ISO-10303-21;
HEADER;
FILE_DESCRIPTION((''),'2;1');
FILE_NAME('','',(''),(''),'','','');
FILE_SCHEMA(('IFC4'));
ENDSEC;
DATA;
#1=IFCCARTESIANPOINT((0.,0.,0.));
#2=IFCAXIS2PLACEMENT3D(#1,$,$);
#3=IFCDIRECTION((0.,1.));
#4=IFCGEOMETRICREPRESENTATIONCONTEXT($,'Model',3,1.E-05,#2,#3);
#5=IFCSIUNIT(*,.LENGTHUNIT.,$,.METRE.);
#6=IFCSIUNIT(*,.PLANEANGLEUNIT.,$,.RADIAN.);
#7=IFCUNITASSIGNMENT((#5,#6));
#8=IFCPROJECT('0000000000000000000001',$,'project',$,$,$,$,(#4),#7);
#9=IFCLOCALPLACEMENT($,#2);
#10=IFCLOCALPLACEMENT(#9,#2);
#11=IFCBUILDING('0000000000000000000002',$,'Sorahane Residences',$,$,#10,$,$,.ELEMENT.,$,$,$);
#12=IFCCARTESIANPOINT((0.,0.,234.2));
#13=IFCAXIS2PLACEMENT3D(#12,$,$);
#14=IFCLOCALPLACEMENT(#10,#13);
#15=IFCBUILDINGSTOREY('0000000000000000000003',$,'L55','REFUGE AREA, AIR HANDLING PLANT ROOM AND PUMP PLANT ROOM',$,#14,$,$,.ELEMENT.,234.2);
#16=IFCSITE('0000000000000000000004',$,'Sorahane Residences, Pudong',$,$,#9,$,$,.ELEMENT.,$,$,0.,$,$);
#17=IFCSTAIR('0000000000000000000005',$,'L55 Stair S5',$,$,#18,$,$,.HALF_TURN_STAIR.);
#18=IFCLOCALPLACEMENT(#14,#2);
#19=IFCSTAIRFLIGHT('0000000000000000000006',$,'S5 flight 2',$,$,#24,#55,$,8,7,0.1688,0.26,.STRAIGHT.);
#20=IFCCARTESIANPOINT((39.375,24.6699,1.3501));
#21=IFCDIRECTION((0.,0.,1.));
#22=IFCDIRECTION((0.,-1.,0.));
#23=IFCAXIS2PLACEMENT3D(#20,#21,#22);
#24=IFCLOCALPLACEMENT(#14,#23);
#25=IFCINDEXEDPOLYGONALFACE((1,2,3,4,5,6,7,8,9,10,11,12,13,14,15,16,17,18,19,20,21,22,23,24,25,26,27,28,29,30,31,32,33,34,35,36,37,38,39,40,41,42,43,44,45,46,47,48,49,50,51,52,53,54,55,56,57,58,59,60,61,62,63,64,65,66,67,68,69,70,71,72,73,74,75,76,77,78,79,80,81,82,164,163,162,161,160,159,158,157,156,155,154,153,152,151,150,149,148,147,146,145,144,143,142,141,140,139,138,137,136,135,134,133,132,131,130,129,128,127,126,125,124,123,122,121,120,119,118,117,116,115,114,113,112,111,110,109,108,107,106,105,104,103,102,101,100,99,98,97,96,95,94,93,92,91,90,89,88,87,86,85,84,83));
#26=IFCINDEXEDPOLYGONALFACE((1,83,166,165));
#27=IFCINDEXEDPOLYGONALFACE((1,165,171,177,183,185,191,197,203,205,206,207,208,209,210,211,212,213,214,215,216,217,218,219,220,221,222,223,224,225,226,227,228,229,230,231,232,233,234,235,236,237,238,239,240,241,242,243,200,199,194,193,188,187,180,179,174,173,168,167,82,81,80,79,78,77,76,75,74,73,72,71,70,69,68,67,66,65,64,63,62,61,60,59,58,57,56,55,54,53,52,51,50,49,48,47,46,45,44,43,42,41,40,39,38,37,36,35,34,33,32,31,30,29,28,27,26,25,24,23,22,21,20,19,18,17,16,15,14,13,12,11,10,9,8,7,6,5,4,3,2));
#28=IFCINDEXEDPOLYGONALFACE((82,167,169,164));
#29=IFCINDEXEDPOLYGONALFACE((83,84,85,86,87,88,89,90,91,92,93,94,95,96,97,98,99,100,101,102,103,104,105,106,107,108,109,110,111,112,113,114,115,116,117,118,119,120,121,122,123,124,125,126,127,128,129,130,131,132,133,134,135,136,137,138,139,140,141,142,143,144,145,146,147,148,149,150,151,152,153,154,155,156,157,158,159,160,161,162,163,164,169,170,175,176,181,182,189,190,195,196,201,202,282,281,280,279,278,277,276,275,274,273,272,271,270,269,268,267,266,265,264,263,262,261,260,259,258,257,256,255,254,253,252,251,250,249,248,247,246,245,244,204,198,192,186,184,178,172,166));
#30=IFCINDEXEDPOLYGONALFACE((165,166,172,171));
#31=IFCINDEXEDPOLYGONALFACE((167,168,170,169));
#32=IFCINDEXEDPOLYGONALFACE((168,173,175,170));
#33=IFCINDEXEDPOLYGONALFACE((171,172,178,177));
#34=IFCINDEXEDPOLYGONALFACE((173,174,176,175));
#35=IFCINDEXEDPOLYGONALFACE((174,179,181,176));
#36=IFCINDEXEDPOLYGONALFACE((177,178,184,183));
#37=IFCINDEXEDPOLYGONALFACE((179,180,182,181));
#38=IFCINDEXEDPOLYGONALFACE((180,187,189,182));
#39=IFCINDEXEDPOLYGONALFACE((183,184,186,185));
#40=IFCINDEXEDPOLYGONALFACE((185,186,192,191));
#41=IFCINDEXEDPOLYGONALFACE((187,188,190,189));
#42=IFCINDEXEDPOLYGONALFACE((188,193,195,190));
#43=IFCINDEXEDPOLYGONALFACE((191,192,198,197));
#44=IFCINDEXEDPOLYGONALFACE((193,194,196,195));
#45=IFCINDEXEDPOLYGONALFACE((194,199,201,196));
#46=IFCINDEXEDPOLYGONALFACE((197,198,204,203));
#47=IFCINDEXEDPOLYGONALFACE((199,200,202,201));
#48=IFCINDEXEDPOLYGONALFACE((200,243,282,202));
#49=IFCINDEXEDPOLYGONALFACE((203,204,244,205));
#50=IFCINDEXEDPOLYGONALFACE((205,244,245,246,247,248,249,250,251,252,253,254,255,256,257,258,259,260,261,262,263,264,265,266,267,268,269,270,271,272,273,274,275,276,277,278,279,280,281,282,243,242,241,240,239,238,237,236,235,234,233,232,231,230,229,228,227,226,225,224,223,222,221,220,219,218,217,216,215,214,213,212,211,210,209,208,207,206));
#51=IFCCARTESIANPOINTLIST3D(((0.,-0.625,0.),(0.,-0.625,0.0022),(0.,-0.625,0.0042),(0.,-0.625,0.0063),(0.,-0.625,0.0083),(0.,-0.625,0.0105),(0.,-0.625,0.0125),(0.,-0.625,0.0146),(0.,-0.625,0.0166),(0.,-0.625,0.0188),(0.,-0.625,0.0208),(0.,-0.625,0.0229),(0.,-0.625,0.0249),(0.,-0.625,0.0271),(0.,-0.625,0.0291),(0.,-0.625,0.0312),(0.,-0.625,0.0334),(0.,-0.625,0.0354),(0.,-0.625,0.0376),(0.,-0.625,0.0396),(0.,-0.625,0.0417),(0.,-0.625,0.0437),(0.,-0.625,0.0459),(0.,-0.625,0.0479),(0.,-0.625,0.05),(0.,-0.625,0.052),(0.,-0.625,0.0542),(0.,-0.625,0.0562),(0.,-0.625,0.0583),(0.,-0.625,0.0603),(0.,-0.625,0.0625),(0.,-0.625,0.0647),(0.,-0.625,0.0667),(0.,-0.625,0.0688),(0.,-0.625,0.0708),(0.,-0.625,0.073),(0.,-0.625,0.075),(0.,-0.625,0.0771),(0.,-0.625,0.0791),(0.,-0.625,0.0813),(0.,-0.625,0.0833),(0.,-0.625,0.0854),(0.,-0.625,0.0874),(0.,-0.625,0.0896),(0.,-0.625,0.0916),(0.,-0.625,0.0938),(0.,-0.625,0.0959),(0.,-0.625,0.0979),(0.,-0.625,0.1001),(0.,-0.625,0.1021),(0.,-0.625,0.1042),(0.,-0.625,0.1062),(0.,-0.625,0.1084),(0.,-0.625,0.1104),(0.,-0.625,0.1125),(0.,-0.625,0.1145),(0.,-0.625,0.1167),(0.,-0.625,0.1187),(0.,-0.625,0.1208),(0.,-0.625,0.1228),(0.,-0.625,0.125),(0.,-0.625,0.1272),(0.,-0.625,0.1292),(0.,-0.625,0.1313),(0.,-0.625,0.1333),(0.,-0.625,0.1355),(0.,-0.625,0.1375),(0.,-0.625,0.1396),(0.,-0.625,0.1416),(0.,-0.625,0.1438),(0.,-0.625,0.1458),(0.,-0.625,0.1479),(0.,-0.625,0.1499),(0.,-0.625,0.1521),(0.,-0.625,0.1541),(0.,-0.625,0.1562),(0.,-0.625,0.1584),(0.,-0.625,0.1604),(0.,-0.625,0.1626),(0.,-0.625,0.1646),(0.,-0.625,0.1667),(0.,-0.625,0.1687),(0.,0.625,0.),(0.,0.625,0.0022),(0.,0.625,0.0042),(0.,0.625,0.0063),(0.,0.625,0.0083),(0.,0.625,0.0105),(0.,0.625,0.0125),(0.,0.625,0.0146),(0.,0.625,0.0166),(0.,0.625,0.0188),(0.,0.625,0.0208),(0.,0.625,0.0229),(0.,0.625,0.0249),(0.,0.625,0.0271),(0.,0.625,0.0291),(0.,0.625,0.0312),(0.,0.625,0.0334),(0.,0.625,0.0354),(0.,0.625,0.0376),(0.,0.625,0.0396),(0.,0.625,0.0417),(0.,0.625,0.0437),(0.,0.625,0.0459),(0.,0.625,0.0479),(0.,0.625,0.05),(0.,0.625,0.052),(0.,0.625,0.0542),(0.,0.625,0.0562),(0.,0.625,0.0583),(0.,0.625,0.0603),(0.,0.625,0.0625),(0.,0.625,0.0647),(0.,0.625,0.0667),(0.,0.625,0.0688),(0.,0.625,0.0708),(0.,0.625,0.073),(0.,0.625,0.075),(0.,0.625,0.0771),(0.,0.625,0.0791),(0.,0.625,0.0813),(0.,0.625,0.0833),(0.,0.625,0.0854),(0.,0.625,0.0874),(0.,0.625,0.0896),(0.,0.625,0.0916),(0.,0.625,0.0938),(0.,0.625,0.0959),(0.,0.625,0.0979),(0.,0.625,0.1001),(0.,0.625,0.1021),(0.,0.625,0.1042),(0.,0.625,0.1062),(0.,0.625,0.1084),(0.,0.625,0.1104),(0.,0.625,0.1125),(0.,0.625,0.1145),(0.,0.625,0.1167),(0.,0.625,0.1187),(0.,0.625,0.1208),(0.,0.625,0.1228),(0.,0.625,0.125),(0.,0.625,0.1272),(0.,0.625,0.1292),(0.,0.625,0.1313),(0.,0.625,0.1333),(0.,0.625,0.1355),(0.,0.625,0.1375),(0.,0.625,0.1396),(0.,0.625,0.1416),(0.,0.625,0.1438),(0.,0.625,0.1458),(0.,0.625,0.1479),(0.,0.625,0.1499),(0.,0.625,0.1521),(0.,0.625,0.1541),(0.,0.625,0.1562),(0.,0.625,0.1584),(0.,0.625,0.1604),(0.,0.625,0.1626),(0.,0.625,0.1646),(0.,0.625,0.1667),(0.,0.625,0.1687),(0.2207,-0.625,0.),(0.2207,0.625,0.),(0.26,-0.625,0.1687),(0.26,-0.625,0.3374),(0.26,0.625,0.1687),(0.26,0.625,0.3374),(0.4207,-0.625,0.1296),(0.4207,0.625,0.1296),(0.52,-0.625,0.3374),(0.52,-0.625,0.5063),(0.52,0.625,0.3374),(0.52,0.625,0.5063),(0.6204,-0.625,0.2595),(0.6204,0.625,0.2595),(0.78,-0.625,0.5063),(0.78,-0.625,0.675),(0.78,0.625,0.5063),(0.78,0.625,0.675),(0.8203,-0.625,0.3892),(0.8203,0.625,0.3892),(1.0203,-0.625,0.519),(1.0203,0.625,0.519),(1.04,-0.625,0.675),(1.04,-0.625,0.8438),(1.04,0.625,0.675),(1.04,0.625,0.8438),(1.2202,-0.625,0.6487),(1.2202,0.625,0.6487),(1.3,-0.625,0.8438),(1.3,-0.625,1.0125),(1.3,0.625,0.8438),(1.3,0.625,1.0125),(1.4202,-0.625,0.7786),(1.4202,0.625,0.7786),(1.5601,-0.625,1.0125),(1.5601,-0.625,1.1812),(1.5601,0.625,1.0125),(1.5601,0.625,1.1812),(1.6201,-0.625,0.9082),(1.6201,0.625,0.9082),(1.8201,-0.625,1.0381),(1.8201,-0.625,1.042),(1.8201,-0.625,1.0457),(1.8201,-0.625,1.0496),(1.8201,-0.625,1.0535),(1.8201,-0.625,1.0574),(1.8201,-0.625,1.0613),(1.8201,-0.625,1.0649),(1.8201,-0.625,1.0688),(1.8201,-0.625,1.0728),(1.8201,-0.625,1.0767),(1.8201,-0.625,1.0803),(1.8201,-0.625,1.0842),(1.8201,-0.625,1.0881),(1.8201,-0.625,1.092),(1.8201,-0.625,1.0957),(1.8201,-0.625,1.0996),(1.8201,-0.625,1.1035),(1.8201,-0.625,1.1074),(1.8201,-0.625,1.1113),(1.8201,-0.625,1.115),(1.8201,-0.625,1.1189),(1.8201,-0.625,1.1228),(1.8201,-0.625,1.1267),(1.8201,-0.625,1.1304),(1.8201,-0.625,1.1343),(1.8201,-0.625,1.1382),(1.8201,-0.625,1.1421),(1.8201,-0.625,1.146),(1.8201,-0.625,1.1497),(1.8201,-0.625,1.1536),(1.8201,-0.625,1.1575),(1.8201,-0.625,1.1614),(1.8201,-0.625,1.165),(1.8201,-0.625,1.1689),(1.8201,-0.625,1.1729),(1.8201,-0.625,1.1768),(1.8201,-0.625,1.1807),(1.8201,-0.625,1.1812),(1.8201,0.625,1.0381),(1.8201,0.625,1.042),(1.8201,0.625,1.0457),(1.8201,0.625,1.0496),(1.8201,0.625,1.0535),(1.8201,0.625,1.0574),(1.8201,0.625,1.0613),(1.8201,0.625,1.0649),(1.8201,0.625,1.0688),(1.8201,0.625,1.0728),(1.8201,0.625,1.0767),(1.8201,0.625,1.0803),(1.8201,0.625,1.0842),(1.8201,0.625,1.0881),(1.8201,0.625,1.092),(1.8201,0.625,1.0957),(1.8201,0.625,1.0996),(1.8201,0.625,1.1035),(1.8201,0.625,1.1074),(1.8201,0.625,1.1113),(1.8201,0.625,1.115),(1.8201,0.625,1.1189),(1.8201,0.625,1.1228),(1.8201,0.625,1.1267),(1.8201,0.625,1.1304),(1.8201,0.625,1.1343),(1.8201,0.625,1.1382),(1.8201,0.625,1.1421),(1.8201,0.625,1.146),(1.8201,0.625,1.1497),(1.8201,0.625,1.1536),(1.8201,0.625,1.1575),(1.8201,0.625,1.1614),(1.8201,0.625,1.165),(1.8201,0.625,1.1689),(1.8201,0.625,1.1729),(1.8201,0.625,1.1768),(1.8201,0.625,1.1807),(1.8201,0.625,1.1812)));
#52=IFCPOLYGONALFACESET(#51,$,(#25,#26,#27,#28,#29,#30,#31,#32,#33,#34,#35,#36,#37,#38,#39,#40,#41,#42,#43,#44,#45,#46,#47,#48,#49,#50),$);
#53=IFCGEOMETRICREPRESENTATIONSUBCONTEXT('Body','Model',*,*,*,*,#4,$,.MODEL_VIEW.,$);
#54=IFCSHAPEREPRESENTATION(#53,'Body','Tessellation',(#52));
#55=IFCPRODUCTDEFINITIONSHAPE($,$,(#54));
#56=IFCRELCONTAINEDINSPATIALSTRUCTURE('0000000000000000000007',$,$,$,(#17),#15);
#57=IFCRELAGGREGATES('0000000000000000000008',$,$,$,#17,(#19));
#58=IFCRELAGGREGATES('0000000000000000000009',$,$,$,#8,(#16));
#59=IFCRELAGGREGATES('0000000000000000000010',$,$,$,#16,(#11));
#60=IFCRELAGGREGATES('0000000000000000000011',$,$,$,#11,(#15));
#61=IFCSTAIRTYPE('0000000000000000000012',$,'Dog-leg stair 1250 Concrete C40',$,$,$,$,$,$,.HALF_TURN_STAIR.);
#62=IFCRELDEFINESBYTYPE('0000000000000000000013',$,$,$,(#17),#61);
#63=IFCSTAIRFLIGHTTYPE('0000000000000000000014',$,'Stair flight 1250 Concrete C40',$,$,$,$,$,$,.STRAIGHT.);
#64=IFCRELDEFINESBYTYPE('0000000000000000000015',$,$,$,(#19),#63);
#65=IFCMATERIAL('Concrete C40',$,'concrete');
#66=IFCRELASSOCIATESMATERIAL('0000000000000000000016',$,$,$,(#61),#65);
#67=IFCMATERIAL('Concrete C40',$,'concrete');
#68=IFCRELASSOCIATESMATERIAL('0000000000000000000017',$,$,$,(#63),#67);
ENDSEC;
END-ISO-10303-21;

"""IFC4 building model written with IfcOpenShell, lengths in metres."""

from ifc_helpers import new_model, si_unit, direction, frame, origin, place, context, subcontext, project, spatial, polyline, outline, extrude, material, type_object, element, aggregate, save


model = new_model("IFC4")

# Units and contexts
model_context = context("Model", 3, precision=1e-05, world=origin(), true_north=direction((0.0, 1.0)))
body_context = subcontext(model_context, "Body", "Model", "MODEL_VIEW")
ifc_project = project(units=[si_unit("LENGTHUNIT", "METRE"), si_unit("PLANEANGLEUNIT", "RADIAN")], contexts=[model_context])

# Site, building, storey
site_placement = place(None, origin())
site = spatial("IfcSite", under=ifc_project, at=site_placement, Name="Sorahane Residences, Pudong", CompositionType="ELEMENT", RefElevation=0.0)
building_placement = place(site_placement, origin())
building = spatial("IfcBuilding", under=site, at=building_placement, Name="Sorahane Residences", CompositionType="ELEMENT")
storey_placement = place(building_placement, frame((0.0, 0.0, 234.2)))
storey = spatial("IfcBuildingStorey", under=building, at=storey_placement, Name="L55", Description="REFUGE AREA, AIR HANDLING PLANT ROOM AND PUMP PLANT ROOM", CompositionType="ELEMENT", Elevation=234.2)

# Stair, stair flight
ifc_material_1 = material(Name="Concrete C40", Category="concrete")
stair_type = type_object("IfcStairType", Name="Dog-leg stair 1250 Concrete C40", PredefinedType="HALF_TURN_STAIR", material=ifc_material_1)
stair_placement = place(storey_placement, origin())
stair = element("IfcStair", 1, at=stair_placement, inside=storey, type_object=stair_type, Name="L55 Stair S5", PredefinedType="HALF_TURN_STAIR")
ifc_material_2 = material(Name="Concrete C40", Category="concrete")
stair_flight_type = type_object("IfcStairFlightType", Name="Stair flight 1250 Concrete C40", PredefinedType="STRAIGHT", material=ifc_material_2)
stair_flight_placement = place(storey_placement, frame((39.375, 24.6699, 1.3501), z_axis=(0.0, 0.0, 1.0), x_axis=(0.0, -1.0, 0.0)))
stair_flight = element("IfcStairFlight", 2, at=stair_flight_placement, type_object=stair_flight_type, Name="S5 flight 2", NumberOfRisers=8, NumberOfTreads=7, PredefinedType="STRAIGHT", RiserHeight=0.1688, TreadLength=0.26, context=body_context, shape_type="SweptSolid", body=[
    extrude(outline(polyline([(0.0, 0.0), (0.0, 0.0022), (0.0, 0.0042), (0.0, 0.0063), (0.0, 0.0083), (0.0, 0.0105), (0.0, 0.0125), (0.0, 0.0146), (0.0, 0.0166), (0.0, 0.0188), (0.0, 0.0208), (0.0, 0.0229), (0.0, 0.0249), (0.0, 0.0271), (0.0, 0.0291), (0.0, 0.0312), (0.0, 0.0334), (0.0, 0.0354), (0.0, 0.0376), (0.0, 0.0396), (0.0, 0.0417), (0.0, 0.0437), (0.0, 0.0459), (0.0, 0.0479), (0.0, 0.05), (0.0, 0.052), (0.0, 0.0542), (0.0, 0.0562), (0.0, 0.0583), (0.0, 0.0603), (0.0, 0.0625), (0.0, 0.0647), (0.0, 0.0667), (0.0, 0.0688), (0.0, 0.0708), (0.0, 0.073), (0.0, 0.075), (0.0, 0.0771), (0.0, 0.0791), (0.0, 0.0813), (0.0, 0.0833), (0.0, 0.0854), (0.0, 0.0874), (0.0, 0.0896), (0.0, 0.0916), (0.0, 0.0938), (0.0, 0.0959), (0.0, 0.0979), (0.0, 0.1001), (0.0, 0.1021), (0.0, 0.1042), (0.0, 0.1062), (0.0, 0.1084), (0.0, 0.1104), (0.0, 0.1125), (0.0, 0.1145), (0.0, 0.1167), (0.0, 0.1187), (0.0, 0.1208), (0.0, 0.1228), (0.0, 0.125), (0.0, 0.1272), (0.0, 0.1292), (0.0, 0.1313), (0.0, 0.1333), (0.0, 0.1355), (0.0, 0.1375), (0.0, 0.1396), (0.0, 0.1416), (0.0, 0.1438), (0.0, 0.1458), (0.0, 0.1479), (0.0, 0.1499), (0.0, 0.1521), (0.0, 0.1541), (0.0, 0.1562), (0.0, 0.1584), (0.0, 0.1604), (0.0, 0.1626), (0.0, 0.1646), (0.0, 0.1667), (0.0, 0.1687), (0.26, 0.1687), (0.26, 0.3374), (0.52, 0.3374), (0.52, 0.5063), (0.78, 0.5063), (0.78, 0.675), (1.04, 0.675), (1.04, 0.8438), (1.3, 0.8438), (1.3, 1.0125), (1.5601, 1.0125), (1.5601, 1.1812), (1.8201, 1.1812), (1.8201, 1.3501), (1.8201, 1.3462), (1.8201, 1.3423), (1.8201, 1.3384), (1.8201, 1.3347), (1.8201, 1.3308), (1.8201, 1.3269), (1.8201, 1.323), (1.8201, 1.3191), (1.8201, 1.3154), (1.8201, 1.3115), (1.8201, 1.3076), (1.8201, 1.3037), (1.8201, 1.3), (1.8201, 1.2961), (1.8201, 1.2922), (1.8201, 1.2883), (1.8201, 1.2844), (1.8201, 1.2808), (1.8201, 1.2769), (1.8201, 1.2729), (1.8201, 1.269), (1.8201, 1.2654), (1.8201, 1.2615), (1.8201, 1.2576), (1.8201, 1.2537), (1.8201, 1.2498), (1.8201, 1.2461), (1.8201, 1.2422), (1.8201, 1.2383), (1.8201, 1.2344), (1.8201, 1.2307), (1.8201, 1.2268), (1.8201, 1.2229), (1.8201, 1.219), (1.8201, 1.2151), (1.8201, 1.2114), (1.8201, 1.2075), (1.8201, 1.2036), (1.8201, 1.1997), (1.8201, 1.196), (1.8201, 1.1921), (1.8201, 1.1882), (1.8201, 1.1843), (1.8201, 1.1807), (1.8201, 1.1768), (1.8201, 1.1729), (1.8201, 1.1689), (1.8201, 1.165), (1.8201, 1.1614), (1.8201, 1.1575), (1.8201, 1.1536), (1.8201, 1.1497), (1.8201, 1.146), (1.8201, 1.1421), (1.8201, 1.1382), (1.8201, 1.1343), (1.8201, 1.1304), (1.8201, 1.1267), (1.8201, 1.1228), (1.8201, 1.1189), (1.8201, 1.115), (1.8201, 1.1113), (1.8201, 1.1074), (1.8201, 1.1035), (1.8201, 1.0996), (1.8201, 1.0957), (1.8201, 1.092), (1.8201, 1.0881), (1.8201, 1.0842), (1.8201, 1.0803), (1.8201, 1.0767), (1.8201, 1.0728), (1.8201, 1.0688), (1.8201, 1.0649), (1.8201, 1.0613), (1.8201, 1.0574), (1.8201, 1.0535), (1.8201, 1.0496), (1.8201, 1.0457), (1.8201, 1.042), (1.8201, 1.0381), (1.6201, 0.9082), (1.4202, 0.7786), (1.2202, 0.6487), (1.0203, 0.519), (0.8203, 0.3892), (0.6204, 0.2595), (0.4207, 0.1296), (0.2207, 0.0), (0.0, 0.0)])), frame((0.0, 0.625, 0.0), z_axis=(0.0, -1.0, 0.0), x_axis=(1.0, 0.0, 0.0)), (0.0, 0.0, 1.0), 1.25),
])
aggregate(stair, [stair_flight])

save(model, "model.ifc")
